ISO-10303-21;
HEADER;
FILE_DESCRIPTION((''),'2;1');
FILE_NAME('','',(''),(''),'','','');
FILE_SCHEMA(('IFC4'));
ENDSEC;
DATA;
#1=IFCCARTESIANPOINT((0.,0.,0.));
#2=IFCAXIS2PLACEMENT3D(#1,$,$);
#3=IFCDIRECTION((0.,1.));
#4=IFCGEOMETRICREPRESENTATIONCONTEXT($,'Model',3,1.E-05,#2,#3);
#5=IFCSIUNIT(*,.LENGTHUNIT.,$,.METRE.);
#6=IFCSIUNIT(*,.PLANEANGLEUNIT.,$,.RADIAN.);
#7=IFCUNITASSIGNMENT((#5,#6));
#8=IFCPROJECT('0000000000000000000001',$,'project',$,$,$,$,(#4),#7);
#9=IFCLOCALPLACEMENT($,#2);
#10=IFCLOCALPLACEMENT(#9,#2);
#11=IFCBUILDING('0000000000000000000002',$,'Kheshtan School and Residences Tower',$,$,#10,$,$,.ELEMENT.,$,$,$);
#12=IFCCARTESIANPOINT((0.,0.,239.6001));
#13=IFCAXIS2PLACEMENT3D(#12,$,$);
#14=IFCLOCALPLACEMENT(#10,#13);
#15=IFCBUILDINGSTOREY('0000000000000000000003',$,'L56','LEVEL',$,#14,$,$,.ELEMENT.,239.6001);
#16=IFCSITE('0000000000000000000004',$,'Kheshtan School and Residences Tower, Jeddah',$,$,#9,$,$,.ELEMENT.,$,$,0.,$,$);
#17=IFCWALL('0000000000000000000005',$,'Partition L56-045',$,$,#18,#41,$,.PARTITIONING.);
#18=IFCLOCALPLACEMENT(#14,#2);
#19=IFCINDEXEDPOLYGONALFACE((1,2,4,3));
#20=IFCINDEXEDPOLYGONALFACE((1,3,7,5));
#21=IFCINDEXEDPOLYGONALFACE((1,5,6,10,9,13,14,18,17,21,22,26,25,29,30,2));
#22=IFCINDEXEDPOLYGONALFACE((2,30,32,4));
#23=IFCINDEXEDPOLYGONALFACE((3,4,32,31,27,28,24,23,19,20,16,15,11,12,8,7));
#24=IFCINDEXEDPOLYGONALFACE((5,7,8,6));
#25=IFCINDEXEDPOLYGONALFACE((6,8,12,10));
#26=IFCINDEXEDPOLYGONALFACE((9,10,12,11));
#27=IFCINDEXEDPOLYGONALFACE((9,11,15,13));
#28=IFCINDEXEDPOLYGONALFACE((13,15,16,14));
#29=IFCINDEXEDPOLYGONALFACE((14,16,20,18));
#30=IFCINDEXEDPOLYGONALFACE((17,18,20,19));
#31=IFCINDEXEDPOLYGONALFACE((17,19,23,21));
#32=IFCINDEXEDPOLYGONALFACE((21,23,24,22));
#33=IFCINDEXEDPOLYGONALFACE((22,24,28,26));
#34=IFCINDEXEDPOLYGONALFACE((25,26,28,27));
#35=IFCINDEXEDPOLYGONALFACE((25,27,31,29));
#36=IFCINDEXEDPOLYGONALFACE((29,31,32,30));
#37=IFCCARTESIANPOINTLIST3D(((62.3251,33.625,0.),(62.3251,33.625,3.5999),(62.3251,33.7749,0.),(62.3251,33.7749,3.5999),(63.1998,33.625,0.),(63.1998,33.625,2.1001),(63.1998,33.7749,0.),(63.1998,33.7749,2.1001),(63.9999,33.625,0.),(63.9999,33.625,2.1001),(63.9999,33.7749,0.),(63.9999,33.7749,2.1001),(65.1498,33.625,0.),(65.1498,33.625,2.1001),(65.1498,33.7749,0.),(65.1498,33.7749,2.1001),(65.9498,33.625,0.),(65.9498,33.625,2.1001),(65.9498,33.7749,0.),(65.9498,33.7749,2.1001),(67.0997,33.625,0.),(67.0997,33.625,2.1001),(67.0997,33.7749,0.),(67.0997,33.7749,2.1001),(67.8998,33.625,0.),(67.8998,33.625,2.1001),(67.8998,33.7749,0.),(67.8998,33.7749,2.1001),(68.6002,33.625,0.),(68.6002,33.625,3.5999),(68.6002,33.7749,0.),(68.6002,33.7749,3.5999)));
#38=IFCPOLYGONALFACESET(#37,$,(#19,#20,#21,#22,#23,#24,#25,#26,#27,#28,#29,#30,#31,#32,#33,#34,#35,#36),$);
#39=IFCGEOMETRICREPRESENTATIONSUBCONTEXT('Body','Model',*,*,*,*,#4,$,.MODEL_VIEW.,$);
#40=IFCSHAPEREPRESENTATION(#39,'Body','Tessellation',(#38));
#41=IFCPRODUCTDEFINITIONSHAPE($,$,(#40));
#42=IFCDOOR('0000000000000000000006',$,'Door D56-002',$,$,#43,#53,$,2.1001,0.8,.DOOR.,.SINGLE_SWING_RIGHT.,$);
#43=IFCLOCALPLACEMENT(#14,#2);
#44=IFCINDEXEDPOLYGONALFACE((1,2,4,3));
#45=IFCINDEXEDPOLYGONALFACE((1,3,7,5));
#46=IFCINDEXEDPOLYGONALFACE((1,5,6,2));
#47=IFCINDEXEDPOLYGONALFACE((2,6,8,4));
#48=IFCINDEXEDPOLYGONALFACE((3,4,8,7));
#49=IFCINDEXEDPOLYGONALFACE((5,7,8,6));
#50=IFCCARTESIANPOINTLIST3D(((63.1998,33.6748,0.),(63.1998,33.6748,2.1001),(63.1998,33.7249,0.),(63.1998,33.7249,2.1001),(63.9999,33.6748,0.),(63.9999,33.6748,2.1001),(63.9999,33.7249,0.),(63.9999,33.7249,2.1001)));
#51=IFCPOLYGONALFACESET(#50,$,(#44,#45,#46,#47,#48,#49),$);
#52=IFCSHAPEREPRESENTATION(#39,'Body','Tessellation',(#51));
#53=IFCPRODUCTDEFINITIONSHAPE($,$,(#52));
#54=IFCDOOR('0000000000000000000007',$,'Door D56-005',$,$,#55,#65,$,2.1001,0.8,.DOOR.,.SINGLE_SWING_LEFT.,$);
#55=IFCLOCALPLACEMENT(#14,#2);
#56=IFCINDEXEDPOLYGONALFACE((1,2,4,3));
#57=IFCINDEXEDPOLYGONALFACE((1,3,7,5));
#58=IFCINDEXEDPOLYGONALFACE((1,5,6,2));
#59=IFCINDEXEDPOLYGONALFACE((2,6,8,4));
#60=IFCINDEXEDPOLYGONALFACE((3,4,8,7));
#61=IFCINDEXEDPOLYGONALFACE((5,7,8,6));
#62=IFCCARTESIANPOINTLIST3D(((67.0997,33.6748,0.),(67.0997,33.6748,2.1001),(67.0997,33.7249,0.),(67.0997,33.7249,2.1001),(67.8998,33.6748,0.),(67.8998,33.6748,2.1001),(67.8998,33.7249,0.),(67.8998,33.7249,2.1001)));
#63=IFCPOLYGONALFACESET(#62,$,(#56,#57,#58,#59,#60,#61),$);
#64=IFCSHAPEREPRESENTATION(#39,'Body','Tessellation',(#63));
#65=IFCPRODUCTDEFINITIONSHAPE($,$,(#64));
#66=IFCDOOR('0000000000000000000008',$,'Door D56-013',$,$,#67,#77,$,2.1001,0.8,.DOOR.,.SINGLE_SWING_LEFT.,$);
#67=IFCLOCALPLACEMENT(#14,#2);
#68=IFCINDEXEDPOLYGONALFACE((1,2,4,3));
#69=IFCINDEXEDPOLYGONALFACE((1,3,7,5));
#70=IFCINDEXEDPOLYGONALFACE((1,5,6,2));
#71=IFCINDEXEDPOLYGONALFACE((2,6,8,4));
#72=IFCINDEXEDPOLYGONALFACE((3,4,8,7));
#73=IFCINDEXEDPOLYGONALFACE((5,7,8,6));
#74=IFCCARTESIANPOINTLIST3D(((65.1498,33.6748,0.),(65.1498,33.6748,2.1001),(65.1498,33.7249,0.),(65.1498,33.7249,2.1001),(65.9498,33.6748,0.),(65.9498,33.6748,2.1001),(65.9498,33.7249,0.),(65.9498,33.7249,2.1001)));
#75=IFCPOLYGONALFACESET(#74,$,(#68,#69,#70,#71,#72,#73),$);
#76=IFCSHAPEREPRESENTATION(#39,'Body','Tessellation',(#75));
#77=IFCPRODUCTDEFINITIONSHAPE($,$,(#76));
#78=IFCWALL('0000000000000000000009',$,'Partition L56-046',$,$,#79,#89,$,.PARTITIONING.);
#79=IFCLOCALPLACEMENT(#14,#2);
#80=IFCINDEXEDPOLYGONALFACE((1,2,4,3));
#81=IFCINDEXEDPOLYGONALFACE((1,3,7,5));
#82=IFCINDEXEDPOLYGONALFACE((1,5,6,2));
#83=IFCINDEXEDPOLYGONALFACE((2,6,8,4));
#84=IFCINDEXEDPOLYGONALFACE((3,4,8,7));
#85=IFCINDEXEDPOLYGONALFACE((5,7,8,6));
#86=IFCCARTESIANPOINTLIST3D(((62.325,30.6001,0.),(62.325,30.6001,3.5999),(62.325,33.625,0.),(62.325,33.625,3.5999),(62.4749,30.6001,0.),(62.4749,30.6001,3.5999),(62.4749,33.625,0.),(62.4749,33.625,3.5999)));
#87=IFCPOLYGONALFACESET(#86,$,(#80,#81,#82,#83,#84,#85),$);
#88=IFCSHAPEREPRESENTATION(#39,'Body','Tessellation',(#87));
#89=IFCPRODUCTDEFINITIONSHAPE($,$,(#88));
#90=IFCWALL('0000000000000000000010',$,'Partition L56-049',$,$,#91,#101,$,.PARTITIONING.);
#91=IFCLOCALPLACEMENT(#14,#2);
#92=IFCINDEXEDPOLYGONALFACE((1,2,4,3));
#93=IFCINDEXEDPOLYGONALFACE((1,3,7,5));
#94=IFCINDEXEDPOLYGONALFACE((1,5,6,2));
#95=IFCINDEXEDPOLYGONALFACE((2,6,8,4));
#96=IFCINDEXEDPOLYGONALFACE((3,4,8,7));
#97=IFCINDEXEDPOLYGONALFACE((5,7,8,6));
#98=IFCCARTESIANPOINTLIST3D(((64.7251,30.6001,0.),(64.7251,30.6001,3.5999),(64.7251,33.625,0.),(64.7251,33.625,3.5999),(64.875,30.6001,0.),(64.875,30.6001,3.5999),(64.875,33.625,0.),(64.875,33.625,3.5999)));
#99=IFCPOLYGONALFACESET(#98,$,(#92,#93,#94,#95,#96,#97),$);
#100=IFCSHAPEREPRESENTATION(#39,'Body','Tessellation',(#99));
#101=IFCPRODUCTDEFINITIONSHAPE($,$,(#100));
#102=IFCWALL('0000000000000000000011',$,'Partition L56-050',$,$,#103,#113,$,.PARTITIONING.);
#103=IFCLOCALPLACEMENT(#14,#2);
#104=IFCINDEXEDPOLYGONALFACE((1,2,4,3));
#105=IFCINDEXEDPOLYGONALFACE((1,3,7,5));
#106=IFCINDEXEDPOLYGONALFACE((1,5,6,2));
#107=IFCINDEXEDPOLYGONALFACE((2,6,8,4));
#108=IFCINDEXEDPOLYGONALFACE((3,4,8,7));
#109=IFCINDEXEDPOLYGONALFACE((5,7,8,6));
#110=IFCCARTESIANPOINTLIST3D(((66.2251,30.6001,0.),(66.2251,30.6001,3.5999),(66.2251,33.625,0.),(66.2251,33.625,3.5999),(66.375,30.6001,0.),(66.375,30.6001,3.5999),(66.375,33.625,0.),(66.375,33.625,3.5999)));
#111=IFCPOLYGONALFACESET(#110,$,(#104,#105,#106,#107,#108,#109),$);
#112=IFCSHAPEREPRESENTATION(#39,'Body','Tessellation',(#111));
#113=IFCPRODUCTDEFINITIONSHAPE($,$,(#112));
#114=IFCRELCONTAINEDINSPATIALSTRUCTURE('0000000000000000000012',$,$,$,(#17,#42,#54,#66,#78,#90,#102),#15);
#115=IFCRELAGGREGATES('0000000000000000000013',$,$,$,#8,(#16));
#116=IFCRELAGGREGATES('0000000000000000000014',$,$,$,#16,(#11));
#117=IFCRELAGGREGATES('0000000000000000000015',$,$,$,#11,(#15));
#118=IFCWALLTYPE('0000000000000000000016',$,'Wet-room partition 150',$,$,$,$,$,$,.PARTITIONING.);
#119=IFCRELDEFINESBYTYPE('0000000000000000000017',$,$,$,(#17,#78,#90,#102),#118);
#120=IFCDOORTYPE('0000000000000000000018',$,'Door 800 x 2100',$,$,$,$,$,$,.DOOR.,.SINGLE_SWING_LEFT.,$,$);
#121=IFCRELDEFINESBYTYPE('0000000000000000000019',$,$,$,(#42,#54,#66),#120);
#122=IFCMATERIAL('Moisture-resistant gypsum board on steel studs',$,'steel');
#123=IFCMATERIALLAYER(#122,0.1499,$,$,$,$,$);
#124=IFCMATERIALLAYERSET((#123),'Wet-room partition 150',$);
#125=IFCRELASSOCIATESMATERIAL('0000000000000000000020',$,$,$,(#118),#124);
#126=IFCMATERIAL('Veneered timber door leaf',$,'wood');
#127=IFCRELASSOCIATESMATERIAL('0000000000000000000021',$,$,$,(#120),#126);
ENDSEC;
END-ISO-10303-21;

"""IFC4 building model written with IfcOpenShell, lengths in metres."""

from ifc_helpers import new_model, si_unit, direction, frame, frame_2d, origin, place, context, subcontext, project, spatial, rectangle, extrude, source, transform, mapped, material, layer, layer_set, type_object, element, fill, save


model = new_model("IFC4")

# Units and contexts
model_context = context("Model", 3, precision=1e-05, world=origin(), true_north=direction((0.0, 1.0)))
body_context = subcontext(model_context, "Body", "Model", "MODEL_VIEW")
ifc_project = project(units=[si_unit("LENGTHUNIT", "METRE"), si_unit("PLANEANGLEUNIT", "RADIAN")], contexts=[model_context])

# Site, building, storey
site_placement = place(None, origin())
site = spatial("IfcSite", under=ifc_project, at=site_placement, Name="Kheshtan School and Residences Tower, Jeddah", CompositionType="ELEMENT", RefElevation=0.0)
building_placement = place(site_placement, origin())
building = spatial("IfcBuilding", under=site, at=building_placement, Name="Kheshtan School and Residences Tower", CompositionType="ELEMENT")
storey_placement = place(building_placement, frame((0.0, 0.0, 239.6001)))
storey = spatial("IfcBuildingStorey", under=building, at=storey_placement, Name="L56", Description="LEVEL", CompositionType="ELEMENT", Elevation=239.6001)

# Wall, openings, doors
ifc_material_1 = material(Name="Moisture-resistant gypsum board on steel studs", Category="steel")
ifc_layer_1 = layer(ifc_material_1, 0.1499)
ifc_layer_set_1 = layer_set([ifc_layer_1], Name="Wet-room partition 150")
wall_type_1 = type_object("IfcWallType", Name="Wet-room partition 150", PredefinedType="PARTITIONING", material=ifc_layer_set_1)
wall_1_placement = place(storey_placement, frame((62.325, 33.7, 0.0), z_axis=(0.0, 0.0, 1.0), x_axis=(1.0, 0.0, 0.0)))
wall_1 = element("IfcWall", 1, at=wall_1_placement, inside=storey, type_object=wall_type_1, Name="Partition L56-045", PredefinedType="PARTITIONING", context=body_context, shape_type="SweptSolid", body=[
    extrude(rectangle(XDim=6.2751, YDim=0.1499, at=frame_2d((3.1377, 0.0))), origin(), (0.0, 0.0, 1.0), 3.5999),
])
opening_1_placement = place(wall_1_placement, frame((0.875, 0.0, 0.0)))
opening_1 = element("IfcOpeningElement", 2, at=opening_1_placement, cuts=wall_1, PredefinedType="OPENING", context=body_context, shape_type="SweptSolid", body=[
    extrude(rectangle(XDim=0.8, YDim=2.1001, at=frame_2d((0.3999, 1.05))), frame((0.0, 0.085, 0.0), z_axis=(0.0, -1.0, 0.0), x_axis=(1.0, 0.0, 0.0)), (0.0, 0.0, 1.0), 0.1699),
])
opening_2_placement = place(wall_1_placement, frame((4.7749, 0.0, 0.0)))
opening_2 = element("IfcOpeningElement", 3, at=opening_2_placement, cuts=wall_1, PredefinedType="OPENING", context=body_context, shape_type="SweptSolid", body=[
    extrude(rectangle(XDim=0.8, YDim=2.1001, at=frame_2d((0.3999, 1.05))), frame((0.0, 0.085, 0.0), z_axis=(0.0, -1.0, 0.0), x_axis=(1.0, 0.0, 0.0)), (0.0, 0.0, 1.0), 0.1699),
])
opening_3_placement = place(wall_1_placement, frame((2.825, 0.0, 0.0)))
opening_3 = element("IfcOpeningElement", 4, at=opening_3_placement, cuts=wall_1, PredefinedType="OPENING", context=body_context, shape_type="SweptSolid", body=[
    extrude(rectangle(XDim=0.8, YDim=2.1001, at=frame_2d((0.3999, 1.05))), frame((0.0, 0.085, 0.0), z_axis=(0.0, -1.0, 0.0), x_axis=(1.0, 0.0, 0.0)), (0.0, 0.0, 1.0), 0.1699),
])
ifc_material_2 = material(Name="Veneered timber door leaf", Category="wood")
door_type_1 = type_object("IfcDoorType", Name="Door 800 x 2100", OperationType="SINGLE_SWING_LEFT", PredefinedType="DOOR", material=ifc_material_2)
shared_shape_1 = source(origin(), body_context, "Body", "SweptSolid", [
    extrude(rectangle(XDim=0.8, YDim=2.1001, at=frame_2d((0.3999, 1.05))), frame((0.0, 0.0249, 0.0), z_axis=(0.0, -1.0, 0.0), x_axis=(1.0, 0.0, 0.0)), (0.0, 0.0, 1.0), 0.05),
])
door_1_placement = place(opening_1_placement, origin())
door_1 = element("IfcDoor", 5, at=door_1_placement, inside=storey, type_object=door_type_1, Name="Door D56-002", OperationType="SINGLE_SWING_RIGHT", OverallHeight=2.1001, OverallWidth=0.8, PredefinedType="DOOR", context=body_context, shape_type="MappedRepresentation", body=[
    mapped(shared_shape_1, transform((0.0, 0.0, 0.0), x_axis=(1.0, 0.0, 0.0), y_axis=(0.0, 1.0, 0.0), z_axis=(0.0, 0.0, 1.0), scale=1.0)),
])
fill(opening_1, door_1)
door_2_placement = place(opening_2_placement, origin())
door_2 = element("IfcDoor", 6, at=door_2_placement, inside=storey, type_object=door_type_1, Name="Door D56-005", OperationType="SINGLE_SWING_LEFT", OverallHeight=2.1001, OverallWidth=0.8, PredefinedType="DOOR", context=body_context, shape_type="MappedRepresentation", body=[
    mapped(shared_shape_1, transform((0.0, 0.0, 0.0), x_axis=(1.0, 0.0, 0.0), y_axis=(0.0, 1.0, 0.0), z_axis=(0.0, 0.0, 1.0), scale=1.0)),
])
fill(opening_2, door_2)
door_3_placement = place(opening_3_placement, origin())
door_3 = element("IfcDoor", 7, at=door_3_placement, inside=storey, type_object=door_type_1, Name="Door D56-013", OperationType="SINGLE_SWING_LEFT", OverallHeight=2.1001, OverallWidth=0.8, PredefinedType="DOOR", context=body_context, shape_type="MappedRepresentation", body=[
    mapped(shared_shape_1, transform((0.0, 0.0, 0.0), x_axis=(1.0, 0.0, 0.0), y_axis=(0.0, 1.0, 0.0), z_axis=(0.0, 0.0, 1.0), scale=1.0)),
])
fill(opening_3, door_3)

# Walls
for number, where, z_axis, x_axis, name in (
    (8, (62.3999, 30.6001, 0.0), (0.0, 0.0, 1.0), (0.0, 1.0, 0.0), "Partition L56-046"),
    (9, (64.8, 30.6001, 0.0), (0.0, 0.0, 1.0), (0.0, 1.0, 0.0), "Partition L56-049"),
    (10, (66.3, 30.6001, 0.0), (0.0, 0.0, 1.0), (0.0, 1.0, 0.0), "Partition L56-050"),
):
    element("IfcWall", number, at=place(storey_placement, frame(where, z_axis=z_axis, x_axis=x_axis)), inside=storey, type_object=wall_type_1, Name=name, PredefinedType="PARTITIONING", context=body_context, shape_type="SweptSolid", body=[
        extrude(rectangle(XDim=3.0249, YDim=0.1499, at=frame_2d((1.5125, 0.0))), origin(), (0.0, 0.0, 1.0), 3.5999),
    ])

save(model, "model.ifc")
